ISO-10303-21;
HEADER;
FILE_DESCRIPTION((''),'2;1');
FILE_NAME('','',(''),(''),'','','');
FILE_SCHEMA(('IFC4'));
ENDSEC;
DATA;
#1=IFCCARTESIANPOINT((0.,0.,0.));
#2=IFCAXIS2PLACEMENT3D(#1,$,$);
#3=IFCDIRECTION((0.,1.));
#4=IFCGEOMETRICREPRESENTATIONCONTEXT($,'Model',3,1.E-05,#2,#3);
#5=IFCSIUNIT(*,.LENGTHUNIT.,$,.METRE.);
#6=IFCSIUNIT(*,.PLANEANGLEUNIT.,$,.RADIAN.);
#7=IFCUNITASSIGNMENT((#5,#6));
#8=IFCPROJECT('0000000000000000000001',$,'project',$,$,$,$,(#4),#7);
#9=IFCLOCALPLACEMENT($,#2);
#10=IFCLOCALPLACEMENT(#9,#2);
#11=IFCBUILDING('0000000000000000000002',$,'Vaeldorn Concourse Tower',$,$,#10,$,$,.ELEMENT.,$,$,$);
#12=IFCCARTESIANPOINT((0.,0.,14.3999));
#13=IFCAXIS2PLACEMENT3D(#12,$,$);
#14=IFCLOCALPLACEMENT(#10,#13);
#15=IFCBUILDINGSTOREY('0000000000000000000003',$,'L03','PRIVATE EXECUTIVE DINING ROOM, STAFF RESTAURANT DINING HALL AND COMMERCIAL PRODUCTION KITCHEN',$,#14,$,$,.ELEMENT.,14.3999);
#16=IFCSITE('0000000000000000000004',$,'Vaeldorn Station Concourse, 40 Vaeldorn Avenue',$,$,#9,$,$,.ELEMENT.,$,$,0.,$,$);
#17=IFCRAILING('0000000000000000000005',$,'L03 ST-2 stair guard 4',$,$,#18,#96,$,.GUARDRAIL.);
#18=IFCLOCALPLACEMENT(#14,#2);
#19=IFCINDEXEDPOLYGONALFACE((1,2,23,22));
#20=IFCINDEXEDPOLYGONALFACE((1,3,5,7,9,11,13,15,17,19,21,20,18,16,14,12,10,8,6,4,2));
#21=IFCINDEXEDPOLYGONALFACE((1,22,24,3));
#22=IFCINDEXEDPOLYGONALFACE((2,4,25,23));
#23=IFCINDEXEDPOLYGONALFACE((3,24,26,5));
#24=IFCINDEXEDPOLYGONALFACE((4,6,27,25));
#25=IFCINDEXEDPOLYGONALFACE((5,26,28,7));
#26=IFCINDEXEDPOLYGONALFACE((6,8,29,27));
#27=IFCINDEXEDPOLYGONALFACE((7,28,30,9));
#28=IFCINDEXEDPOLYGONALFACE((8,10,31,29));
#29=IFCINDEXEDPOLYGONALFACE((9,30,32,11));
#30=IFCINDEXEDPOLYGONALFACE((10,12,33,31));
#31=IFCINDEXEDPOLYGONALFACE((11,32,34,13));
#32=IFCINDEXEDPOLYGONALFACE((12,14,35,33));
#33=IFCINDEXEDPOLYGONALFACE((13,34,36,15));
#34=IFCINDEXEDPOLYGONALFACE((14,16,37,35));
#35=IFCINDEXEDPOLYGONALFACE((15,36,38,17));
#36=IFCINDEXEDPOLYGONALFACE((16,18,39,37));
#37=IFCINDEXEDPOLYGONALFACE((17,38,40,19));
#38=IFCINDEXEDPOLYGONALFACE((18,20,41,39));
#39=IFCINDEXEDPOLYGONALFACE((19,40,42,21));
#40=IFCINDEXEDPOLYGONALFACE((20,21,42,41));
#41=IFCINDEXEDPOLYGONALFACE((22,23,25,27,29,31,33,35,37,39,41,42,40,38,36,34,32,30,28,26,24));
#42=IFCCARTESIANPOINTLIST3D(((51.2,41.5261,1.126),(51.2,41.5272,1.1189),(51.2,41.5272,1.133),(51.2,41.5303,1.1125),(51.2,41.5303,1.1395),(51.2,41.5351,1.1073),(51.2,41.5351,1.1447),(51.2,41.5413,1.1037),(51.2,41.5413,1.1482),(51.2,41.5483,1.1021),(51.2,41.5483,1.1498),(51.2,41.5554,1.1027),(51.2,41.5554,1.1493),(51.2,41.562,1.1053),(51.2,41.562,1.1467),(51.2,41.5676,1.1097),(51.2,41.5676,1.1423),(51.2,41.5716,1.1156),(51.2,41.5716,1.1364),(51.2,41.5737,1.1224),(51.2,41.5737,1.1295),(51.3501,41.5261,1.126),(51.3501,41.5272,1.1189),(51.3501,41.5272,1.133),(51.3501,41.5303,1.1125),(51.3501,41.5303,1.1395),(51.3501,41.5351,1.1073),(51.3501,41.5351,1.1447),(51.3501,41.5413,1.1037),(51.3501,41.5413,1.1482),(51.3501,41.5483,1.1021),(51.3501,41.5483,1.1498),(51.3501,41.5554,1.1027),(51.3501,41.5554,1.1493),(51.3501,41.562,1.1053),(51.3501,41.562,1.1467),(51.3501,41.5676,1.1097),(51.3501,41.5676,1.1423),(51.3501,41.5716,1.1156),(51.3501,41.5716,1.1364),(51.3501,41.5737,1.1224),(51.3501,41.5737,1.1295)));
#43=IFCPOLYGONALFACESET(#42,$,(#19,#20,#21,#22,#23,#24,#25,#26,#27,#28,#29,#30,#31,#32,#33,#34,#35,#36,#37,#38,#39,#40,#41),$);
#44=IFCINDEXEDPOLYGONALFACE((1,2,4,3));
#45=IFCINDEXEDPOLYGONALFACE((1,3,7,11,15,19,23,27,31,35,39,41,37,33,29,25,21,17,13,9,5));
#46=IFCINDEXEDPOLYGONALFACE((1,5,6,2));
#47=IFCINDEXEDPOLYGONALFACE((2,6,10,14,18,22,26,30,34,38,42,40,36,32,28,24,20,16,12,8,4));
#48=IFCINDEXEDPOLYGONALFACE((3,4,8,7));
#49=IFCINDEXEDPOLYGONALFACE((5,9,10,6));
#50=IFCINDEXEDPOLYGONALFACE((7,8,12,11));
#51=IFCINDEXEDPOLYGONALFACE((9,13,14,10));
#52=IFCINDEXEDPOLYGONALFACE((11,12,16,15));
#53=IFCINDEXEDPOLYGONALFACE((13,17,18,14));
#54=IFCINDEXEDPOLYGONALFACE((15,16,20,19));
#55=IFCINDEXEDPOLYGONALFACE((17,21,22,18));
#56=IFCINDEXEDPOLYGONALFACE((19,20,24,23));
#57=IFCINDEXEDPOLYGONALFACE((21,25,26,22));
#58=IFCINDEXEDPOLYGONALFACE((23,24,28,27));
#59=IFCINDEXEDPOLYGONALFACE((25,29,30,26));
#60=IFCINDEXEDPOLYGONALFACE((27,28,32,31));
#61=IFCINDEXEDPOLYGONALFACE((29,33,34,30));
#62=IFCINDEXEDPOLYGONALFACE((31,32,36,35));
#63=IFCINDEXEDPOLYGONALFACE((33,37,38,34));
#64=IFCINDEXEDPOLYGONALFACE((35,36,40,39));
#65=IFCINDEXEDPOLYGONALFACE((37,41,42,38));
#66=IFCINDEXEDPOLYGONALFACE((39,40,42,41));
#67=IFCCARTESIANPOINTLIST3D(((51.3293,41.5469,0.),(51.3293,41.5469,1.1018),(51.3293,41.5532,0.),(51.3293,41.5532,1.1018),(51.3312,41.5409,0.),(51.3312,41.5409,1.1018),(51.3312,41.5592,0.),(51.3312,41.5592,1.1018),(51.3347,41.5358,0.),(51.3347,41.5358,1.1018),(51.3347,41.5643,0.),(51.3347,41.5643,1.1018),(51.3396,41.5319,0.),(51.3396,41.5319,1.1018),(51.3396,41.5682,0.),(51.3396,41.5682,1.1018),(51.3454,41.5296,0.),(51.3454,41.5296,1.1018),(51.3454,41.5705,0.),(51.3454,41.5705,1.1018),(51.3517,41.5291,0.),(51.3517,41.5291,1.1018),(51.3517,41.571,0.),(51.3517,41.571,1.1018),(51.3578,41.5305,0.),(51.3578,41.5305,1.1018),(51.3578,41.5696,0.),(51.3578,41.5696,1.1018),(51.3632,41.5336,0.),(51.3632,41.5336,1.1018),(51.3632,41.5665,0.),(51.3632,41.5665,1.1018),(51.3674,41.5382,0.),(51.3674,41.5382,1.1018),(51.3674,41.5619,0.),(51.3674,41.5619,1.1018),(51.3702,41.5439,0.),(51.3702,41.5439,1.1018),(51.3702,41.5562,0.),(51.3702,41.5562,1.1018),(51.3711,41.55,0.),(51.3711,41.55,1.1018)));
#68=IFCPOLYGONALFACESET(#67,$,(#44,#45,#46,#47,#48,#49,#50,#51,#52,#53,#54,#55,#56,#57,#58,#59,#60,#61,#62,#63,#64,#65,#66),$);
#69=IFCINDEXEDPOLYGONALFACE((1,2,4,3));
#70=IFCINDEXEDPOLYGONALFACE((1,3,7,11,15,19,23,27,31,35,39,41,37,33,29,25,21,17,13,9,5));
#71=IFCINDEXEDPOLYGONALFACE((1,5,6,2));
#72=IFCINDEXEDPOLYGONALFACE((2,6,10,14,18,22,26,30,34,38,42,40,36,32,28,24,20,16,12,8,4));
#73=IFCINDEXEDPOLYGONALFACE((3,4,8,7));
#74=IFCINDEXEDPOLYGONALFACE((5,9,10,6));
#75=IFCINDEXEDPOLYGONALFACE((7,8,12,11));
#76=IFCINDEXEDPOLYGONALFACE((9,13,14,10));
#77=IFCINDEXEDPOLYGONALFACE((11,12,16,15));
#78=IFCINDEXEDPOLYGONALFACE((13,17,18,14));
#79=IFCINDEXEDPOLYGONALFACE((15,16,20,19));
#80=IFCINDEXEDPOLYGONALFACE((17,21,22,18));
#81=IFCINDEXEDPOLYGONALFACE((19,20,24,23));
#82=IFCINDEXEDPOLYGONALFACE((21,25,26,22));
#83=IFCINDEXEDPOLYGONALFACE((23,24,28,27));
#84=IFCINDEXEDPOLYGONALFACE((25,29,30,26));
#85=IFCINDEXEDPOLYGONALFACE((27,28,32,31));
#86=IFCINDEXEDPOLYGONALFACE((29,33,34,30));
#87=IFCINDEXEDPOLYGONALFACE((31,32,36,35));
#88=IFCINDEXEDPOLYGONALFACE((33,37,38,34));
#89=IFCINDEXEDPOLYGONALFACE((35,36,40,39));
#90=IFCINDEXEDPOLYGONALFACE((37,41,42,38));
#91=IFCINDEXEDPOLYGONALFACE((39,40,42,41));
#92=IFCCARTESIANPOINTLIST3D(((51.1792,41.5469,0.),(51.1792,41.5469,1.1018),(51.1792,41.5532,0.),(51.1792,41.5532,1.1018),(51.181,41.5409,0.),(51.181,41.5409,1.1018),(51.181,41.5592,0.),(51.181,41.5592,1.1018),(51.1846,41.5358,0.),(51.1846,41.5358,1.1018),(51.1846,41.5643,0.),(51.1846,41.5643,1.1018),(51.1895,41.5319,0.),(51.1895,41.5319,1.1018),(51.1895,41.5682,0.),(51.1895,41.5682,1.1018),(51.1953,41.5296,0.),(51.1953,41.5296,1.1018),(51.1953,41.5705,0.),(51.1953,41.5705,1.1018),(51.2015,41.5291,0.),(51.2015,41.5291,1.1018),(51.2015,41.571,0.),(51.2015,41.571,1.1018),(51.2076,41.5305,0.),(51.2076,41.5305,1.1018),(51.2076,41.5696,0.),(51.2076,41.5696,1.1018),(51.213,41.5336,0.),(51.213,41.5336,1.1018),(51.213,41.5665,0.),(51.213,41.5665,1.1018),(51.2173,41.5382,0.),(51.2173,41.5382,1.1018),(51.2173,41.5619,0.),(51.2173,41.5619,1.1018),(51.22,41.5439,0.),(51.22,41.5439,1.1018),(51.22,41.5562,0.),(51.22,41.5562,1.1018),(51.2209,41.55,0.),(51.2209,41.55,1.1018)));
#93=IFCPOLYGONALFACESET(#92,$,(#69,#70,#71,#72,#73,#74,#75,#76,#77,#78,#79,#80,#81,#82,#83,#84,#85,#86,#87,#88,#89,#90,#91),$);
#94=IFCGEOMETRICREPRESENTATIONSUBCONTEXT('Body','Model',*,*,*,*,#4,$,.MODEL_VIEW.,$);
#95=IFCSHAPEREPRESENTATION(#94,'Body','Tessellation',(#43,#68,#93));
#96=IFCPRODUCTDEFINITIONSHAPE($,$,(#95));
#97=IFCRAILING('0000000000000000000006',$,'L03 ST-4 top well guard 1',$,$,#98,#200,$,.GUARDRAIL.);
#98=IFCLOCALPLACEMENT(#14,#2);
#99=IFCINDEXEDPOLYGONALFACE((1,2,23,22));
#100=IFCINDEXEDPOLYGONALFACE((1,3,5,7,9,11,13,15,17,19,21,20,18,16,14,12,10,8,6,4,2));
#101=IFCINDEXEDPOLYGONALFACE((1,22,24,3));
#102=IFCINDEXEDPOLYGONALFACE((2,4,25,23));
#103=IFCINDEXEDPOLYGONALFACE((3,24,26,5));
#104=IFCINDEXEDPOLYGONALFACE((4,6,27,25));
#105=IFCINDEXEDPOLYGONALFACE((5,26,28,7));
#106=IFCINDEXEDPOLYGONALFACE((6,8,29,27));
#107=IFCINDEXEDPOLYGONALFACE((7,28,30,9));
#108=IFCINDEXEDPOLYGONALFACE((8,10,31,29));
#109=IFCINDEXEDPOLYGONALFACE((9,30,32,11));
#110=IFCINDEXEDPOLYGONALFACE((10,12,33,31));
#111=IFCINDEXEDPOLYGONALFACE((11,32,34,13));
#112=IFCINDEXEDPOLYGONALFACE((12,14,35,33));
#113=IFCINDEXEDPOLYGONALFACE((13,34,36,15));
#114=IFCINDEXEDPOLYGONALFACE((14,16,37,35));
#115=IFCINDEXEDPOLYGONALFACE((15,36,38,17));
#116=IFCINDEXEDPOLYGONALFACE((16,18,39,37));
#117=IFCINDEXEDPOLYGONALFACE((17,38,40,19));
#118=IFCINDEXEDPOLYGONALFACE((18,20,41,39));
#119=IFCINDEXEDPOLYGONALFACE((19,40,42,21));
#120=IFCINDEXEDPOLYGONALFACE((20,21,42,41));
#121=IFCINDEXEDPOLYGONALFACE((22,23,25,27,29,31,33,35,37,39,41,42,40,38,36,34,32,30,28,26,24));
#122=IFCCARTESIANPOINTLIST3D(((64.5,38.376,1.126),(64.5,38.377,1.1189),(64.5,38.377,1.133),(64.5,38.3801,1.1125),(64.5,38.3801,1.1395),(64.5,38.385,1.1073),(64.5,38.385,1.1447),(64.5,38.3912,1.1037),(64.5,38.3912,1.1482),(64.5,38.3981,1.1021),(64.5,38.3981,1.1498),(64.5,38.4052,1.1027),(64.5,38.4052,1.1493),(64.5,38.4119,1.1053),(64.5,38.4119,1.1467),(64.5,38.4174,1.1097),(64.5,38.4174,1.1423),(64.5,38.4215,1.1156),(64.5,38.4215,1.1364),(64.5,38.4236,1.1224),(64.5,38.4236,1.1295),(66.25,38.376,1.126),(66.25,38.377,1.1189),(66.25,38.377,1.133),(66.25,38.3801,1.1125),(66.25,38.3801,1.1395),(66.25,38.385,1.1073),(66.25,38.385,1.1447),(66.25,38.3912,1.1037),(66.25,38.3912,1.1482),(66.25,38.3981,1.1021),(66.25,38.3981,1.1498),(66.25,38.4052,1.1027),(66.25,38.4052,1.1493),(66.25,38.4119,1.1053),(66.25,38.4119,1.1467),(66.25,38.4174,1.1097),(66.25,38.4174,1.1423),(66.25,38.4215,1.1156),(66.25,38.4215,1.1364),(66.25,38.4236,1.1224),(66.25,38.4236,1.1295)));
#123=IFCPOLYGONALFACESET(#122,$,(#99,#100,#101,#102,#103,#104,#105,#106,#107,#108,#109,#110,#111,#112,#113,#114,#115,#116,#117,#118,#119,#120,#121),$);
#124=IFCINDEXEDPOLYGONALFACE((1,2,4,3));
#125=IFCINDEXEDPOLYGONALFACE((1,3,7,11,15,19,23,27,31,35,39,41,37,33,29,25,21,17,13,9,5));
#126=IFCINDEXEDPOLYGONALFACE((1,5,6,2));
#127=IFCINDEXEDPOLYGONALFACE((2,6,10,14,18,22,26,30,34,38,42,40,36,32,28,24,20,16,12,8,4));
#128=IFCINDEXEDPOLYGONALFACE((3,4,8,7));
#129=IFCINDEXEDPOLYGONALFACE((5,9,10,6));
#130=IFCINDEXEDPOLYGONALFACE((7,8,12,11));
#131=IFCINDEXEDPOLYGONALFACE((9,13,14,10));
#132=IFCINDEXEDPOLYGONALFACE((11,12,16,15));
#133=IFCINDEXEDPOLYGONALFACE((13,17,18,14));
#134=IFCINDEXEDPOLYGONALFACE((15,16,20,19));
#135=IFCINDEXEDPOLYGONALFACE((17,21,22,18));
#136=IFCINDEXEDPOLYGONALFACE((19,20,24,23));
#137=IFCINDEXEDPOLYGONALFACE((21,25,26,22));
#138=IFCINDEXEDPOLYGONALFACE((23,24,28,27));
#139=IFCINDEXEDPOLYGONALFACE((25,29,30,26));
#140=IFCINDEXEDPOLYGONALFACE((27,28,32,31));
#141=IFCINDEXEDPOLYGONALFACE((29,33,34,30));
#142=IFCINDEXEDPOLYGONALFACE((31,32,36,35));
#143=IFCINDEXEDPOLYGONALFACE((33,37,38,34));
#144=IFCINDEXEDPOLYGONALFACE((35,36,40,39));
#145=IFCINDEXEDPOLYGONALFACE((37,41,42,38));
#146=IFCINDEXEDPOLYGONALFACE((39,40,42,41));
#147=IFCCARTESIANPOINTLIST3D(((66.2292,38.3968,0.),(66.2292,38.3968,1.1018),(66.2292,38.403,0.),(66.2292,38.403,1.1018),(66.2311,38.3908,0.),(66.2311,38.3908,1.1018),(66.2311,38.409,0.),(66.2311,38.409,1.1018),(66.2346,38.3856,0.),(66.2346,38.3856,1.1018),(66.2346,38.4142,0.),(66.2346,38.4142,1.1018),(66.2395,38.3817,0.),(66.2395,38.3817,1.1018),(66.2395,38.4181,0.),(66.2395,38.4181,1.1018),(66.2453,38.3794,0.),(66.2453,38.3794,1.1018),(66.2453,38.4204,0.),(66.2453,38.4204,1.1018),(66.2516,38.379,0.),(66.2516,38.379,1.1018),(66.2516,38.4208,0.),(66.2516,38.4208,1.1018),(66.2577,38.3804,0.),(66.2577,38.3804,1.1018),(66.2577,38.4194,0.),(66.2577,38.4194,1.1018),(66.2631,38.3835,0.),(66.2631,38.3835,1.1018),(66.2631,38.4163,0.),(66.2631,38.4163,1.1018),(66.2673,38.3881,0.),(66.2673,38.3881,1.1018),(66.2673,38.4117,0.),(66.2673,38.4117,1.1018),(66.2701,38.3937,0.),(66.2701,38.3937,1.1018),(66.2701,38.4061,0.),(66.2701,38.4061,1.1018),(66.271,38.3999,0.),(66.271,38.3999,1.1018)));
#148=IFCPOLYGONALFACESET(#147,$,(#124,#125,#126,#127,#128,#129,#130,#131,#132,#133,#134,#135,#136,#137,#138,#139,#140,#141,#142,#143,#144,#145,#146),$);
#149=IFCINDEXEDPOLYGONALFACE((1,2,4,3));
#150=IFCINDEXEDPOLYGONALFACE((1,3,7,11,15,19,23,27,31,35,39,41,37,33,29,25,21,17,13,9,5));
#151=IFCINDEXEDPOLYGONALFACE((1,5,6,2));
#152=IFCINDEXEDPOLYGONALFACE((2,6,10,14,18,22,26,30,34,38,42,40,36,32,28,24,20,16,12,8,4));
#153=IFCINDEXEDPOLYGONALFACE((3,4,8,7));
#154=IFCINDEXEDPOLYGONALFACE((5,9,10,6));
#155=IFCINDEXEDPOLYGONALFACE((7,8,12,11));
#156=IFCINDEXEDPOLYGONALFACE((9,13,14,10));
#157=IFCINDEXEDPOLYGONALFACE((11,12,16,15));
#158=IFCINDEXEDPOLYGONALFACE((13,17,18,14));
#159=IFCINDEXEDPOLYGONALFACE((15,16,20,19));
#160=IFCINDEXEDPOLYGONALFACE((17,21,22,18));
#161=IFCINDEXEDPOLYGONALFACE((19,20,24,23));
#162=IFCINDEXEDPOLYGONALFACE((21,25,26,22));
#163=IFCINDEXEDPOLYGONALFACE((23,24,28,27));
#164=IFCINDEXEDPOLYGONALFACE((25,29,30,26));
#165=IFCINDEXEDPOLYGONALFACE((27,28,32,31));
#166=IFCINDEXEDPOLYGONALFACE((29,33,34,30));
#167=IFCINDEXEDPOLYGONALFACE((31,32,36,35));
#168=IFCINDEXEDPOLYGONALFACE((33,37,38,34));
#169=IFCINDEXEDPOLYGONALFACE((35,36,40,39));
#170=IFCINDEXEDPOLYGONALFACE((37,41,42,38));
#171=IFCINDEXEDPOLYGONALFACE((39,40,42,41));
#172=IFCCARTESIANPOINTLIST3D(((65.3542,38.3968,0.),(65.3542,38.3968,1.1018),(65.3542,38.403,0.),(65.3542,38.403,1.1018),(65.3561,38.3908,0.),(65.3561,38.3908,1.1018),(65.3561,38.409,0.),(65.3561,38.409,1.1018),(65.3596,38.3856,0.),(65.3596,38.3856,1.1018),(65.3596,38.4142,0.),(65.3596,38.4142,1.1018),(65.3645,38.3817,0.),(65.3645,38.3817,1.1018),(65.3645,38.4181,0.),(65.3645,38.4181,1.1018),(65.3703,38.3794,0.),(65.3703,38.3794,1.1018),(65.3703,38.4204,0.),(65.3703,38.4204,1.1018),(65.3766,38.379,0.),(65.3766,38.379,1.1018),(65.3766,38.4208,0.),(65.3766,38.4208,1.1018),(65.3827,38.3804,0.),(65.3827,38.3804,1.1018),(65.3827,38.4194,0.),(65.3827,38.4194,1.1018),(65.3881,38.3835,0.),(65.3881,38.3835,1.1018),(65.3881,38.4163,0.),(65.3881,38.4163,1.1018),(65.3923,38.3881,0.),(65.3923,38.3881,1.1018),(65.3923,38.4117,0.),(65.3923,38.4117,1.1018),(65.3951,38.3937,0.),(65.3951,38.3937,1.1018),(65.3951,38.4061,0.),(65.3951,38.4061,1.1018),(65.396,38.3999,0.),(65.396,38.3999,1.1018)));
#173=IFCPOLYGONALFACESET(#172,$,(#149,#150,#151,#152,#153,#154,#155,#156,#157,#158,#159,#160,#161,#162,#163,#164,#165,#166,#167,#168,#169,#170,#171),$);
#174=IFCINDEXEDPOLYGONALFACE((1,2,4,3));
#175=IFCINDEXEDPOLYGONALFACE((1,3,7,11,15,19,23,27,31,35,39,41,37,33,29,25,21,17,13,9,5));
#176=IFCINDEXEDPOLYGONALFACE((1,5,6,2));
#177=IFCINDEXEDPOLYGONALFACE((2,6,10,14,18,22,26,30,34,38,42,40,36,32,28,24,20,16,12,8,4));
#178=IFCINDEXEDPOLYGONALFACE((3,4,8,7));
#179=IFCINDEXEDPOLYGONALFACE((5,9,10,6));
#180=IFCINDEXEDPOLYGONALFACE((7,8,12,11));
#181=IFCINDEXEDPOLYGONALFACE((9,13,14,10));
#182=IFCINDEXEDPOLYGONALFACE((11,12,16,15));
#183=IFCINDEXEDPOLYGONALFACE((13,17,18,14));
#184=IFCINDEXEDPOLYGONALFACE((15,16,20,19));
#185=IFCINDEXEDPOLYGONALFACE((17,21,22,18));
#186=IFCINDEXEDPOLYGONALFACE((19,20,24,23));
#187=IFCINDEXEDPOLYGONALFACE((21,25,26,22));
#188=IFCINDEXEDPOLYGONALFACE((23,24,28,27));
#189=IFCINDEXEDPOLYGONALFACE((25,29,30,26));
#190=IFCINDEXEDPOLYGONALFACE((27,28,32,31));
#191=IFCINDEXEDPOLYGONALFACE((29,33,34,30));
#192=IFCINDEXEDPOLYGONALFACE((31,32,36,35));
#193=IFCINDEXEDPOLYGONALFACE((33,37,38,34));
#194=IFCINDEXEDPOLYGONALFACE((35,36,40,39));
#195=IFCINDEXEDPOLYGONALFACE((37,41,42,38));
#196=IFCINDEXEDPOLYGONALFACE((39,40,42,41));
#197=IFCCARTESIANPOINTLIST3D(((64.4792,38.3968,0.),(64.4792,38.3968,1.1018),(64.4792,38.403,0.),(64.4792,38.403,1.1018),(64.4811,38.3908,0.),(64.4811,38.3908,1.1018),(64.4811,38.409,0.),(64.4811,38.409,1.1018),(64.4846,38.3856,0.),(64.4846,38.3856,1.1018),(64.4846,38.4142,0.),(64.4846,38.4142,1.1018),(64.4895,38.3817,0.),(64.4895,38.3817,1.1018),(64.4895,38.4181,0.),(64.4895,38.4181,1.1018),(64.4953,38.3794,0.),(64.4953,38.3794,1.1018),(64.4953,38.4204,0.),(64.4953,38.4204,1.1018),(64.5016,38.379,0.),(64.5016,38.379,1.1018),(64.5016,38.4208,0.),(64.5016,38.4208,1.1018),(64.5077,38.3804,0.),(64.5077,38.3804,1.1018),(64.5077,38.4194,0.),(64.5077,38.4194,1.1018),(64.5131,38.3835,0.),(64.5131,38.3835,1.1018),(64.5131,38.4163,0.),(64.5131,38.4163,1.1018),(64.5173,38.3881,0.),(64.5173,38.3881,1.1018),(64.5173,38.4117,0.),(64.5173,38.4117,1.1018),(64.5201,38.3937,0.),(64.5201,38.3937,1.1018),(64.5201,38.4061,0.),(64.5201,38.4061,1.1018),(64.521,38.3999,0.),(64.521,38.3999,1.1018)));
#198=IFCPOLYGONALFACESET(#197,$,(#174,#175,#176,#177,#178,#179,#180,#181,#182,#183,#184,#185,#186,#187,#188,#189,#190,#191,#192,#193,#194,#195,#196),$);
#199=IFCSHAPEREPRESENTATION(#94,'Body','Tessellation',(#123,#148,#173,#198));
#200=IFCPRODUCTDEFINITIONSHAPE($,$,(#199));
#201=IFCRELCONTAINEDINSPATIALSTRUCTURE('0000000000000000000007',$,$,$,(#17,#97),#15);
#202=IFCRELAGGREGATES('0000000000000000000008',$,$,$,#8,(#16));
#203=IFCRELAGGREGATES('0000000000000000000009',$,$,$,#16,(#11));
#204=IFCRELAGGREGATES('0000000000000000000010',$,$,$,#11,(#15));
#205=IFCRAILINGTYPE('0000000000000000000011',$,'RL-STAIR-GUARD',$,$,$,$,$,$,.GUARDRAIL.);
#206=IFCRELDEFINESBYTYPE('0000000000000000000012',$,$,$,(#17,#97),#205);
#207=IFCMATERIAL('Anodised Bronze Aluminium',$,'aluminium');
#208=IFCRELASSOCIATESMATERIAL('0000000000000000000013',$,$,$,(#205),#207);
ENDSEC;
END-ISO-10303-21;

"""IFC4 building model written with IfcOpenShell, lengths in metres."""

from ifc_helpers import new_model, si_unit, direction, frame, origin, origin_2d, place, context, subcontext, project, spatial, circle, extrude, material, type_object, element, save


model = new_model("IFC4")

# Units and contexts
model_context = context("Model", 3, precision=1e-05, world=origin(), true_north=direction((0.0, 1.0)))
body_context = subcontext(model_context, "Body", "Model", "MODEL_VIEW")
ifc_project = project(units=[si_unit("LENGTHUNIT", "METRE"), si_unit("PLANEANGLEUNIT", "RADIAN")], contexts=[model_context])

# Site, building, storey
site_placement = place(None, origin())
site = spatial("IfcSite", under=ifc_project, at=site_placement, Name="Vaeldorn Station Concourse, 40 Vaeldorn Avenue", CompositionType="ELEMENT", RefElevation=0.0)
building_placement = place(site_placement, origin())
building = spatial("IfcBuilding", under=site, at=building_placement, Name="Vaeldorn Concourse Tower", CompositionType="ELEMENT")
storey_placement = place(building_placement, frame((0.0, 0.0, 14.3999)))
storey = spatial("IfcBuildingStorey", under=building, at=storey_placement, Name="L03", Description="PRIVATE EXECUTIVE DINING ROOM, STAFF RESTAURANT DINING HALL AND COMMERCIAL PRODUCTION KITCHEN", CompositionType="ELEMENT", Elevation=14.3999)

# Shared definitions
ifc_material_1 = material(Name="Anodised Bronze Aluminium", Category="aluminium")

# Railings
railing_type_1 = type_object("IfcRailingType", Name="RL-STAIR-GUARD", PredefinedType="GUARDRAIL", material=ifc_material_1)
railing_1_placement = place(storey_placement, frame((51.3501, 41.55, 0.0)))
element("IfcRailing", 1, at=railing_1_placement, inside=storey, type_object=railing_type_1, Name="L03 ST-2 stair guard 4", PredefinedType="GUARDRAIL", context=body_context, shape_type="SweptSolid", body=[
    extrude(circle(Radius=0.0239, at=origin_2d()), frame((0.0, 0.0, 1.126), z_axis=(-1.0, 0.0, 0.0), x_axis=(0.0, -1.0, 0.0)), (0.0, 0.0, 1.0), 0.1501),
    extrude(circle(Radius=0.021, at=origin_2d()), origin(), (0.0, 0.0, 1.0), 1.1018),
    extrude(circle(Radius=0.021, at=origin_2d()), frame((-0.1501, 0.0, 0.0)), (0.0, 0.0, 1.0), 1.1018),
])
railing_2_placement = place(storey_placement, frame((66.25, 38.3999, 0.0)))
element("IfcRailing", 2, at=railing_2_placement, inside=storey, type_object=railing_type_1, Name="L03 ST-4 top well guard 1", PredefinedType="GUARDRAIL", context=body_context, shape_type="SweptSolid", body=[
    extrude(circle(Radius=0.0239, at=origin_2d()), frame((0.0, 0.0, 1.126), z_axis=(-1.0, 0.0, 0.0), x_axis=(0.0, -1.0, 0.0)), (0.0, 0.0, 1.0), 1.75),
    extrude(circle(Radius=0.021, at=origin_2d()), origin(), (0.0, 0.0, 1.0), 1.1018),
    extrude(circle(Radius=0.021, at=origin_2d()), frame((-0.875, 0.0, 0.0)), (0.0, 0.0, 1.0), 1.1018),
    extrude(circle(Radius=0.021, at=origin_2d()), frame((-1.75, 0.0, 0.0)), (0.0, 0.0, 1.0), 1.1018),
])

save(model, "model.ifc")
